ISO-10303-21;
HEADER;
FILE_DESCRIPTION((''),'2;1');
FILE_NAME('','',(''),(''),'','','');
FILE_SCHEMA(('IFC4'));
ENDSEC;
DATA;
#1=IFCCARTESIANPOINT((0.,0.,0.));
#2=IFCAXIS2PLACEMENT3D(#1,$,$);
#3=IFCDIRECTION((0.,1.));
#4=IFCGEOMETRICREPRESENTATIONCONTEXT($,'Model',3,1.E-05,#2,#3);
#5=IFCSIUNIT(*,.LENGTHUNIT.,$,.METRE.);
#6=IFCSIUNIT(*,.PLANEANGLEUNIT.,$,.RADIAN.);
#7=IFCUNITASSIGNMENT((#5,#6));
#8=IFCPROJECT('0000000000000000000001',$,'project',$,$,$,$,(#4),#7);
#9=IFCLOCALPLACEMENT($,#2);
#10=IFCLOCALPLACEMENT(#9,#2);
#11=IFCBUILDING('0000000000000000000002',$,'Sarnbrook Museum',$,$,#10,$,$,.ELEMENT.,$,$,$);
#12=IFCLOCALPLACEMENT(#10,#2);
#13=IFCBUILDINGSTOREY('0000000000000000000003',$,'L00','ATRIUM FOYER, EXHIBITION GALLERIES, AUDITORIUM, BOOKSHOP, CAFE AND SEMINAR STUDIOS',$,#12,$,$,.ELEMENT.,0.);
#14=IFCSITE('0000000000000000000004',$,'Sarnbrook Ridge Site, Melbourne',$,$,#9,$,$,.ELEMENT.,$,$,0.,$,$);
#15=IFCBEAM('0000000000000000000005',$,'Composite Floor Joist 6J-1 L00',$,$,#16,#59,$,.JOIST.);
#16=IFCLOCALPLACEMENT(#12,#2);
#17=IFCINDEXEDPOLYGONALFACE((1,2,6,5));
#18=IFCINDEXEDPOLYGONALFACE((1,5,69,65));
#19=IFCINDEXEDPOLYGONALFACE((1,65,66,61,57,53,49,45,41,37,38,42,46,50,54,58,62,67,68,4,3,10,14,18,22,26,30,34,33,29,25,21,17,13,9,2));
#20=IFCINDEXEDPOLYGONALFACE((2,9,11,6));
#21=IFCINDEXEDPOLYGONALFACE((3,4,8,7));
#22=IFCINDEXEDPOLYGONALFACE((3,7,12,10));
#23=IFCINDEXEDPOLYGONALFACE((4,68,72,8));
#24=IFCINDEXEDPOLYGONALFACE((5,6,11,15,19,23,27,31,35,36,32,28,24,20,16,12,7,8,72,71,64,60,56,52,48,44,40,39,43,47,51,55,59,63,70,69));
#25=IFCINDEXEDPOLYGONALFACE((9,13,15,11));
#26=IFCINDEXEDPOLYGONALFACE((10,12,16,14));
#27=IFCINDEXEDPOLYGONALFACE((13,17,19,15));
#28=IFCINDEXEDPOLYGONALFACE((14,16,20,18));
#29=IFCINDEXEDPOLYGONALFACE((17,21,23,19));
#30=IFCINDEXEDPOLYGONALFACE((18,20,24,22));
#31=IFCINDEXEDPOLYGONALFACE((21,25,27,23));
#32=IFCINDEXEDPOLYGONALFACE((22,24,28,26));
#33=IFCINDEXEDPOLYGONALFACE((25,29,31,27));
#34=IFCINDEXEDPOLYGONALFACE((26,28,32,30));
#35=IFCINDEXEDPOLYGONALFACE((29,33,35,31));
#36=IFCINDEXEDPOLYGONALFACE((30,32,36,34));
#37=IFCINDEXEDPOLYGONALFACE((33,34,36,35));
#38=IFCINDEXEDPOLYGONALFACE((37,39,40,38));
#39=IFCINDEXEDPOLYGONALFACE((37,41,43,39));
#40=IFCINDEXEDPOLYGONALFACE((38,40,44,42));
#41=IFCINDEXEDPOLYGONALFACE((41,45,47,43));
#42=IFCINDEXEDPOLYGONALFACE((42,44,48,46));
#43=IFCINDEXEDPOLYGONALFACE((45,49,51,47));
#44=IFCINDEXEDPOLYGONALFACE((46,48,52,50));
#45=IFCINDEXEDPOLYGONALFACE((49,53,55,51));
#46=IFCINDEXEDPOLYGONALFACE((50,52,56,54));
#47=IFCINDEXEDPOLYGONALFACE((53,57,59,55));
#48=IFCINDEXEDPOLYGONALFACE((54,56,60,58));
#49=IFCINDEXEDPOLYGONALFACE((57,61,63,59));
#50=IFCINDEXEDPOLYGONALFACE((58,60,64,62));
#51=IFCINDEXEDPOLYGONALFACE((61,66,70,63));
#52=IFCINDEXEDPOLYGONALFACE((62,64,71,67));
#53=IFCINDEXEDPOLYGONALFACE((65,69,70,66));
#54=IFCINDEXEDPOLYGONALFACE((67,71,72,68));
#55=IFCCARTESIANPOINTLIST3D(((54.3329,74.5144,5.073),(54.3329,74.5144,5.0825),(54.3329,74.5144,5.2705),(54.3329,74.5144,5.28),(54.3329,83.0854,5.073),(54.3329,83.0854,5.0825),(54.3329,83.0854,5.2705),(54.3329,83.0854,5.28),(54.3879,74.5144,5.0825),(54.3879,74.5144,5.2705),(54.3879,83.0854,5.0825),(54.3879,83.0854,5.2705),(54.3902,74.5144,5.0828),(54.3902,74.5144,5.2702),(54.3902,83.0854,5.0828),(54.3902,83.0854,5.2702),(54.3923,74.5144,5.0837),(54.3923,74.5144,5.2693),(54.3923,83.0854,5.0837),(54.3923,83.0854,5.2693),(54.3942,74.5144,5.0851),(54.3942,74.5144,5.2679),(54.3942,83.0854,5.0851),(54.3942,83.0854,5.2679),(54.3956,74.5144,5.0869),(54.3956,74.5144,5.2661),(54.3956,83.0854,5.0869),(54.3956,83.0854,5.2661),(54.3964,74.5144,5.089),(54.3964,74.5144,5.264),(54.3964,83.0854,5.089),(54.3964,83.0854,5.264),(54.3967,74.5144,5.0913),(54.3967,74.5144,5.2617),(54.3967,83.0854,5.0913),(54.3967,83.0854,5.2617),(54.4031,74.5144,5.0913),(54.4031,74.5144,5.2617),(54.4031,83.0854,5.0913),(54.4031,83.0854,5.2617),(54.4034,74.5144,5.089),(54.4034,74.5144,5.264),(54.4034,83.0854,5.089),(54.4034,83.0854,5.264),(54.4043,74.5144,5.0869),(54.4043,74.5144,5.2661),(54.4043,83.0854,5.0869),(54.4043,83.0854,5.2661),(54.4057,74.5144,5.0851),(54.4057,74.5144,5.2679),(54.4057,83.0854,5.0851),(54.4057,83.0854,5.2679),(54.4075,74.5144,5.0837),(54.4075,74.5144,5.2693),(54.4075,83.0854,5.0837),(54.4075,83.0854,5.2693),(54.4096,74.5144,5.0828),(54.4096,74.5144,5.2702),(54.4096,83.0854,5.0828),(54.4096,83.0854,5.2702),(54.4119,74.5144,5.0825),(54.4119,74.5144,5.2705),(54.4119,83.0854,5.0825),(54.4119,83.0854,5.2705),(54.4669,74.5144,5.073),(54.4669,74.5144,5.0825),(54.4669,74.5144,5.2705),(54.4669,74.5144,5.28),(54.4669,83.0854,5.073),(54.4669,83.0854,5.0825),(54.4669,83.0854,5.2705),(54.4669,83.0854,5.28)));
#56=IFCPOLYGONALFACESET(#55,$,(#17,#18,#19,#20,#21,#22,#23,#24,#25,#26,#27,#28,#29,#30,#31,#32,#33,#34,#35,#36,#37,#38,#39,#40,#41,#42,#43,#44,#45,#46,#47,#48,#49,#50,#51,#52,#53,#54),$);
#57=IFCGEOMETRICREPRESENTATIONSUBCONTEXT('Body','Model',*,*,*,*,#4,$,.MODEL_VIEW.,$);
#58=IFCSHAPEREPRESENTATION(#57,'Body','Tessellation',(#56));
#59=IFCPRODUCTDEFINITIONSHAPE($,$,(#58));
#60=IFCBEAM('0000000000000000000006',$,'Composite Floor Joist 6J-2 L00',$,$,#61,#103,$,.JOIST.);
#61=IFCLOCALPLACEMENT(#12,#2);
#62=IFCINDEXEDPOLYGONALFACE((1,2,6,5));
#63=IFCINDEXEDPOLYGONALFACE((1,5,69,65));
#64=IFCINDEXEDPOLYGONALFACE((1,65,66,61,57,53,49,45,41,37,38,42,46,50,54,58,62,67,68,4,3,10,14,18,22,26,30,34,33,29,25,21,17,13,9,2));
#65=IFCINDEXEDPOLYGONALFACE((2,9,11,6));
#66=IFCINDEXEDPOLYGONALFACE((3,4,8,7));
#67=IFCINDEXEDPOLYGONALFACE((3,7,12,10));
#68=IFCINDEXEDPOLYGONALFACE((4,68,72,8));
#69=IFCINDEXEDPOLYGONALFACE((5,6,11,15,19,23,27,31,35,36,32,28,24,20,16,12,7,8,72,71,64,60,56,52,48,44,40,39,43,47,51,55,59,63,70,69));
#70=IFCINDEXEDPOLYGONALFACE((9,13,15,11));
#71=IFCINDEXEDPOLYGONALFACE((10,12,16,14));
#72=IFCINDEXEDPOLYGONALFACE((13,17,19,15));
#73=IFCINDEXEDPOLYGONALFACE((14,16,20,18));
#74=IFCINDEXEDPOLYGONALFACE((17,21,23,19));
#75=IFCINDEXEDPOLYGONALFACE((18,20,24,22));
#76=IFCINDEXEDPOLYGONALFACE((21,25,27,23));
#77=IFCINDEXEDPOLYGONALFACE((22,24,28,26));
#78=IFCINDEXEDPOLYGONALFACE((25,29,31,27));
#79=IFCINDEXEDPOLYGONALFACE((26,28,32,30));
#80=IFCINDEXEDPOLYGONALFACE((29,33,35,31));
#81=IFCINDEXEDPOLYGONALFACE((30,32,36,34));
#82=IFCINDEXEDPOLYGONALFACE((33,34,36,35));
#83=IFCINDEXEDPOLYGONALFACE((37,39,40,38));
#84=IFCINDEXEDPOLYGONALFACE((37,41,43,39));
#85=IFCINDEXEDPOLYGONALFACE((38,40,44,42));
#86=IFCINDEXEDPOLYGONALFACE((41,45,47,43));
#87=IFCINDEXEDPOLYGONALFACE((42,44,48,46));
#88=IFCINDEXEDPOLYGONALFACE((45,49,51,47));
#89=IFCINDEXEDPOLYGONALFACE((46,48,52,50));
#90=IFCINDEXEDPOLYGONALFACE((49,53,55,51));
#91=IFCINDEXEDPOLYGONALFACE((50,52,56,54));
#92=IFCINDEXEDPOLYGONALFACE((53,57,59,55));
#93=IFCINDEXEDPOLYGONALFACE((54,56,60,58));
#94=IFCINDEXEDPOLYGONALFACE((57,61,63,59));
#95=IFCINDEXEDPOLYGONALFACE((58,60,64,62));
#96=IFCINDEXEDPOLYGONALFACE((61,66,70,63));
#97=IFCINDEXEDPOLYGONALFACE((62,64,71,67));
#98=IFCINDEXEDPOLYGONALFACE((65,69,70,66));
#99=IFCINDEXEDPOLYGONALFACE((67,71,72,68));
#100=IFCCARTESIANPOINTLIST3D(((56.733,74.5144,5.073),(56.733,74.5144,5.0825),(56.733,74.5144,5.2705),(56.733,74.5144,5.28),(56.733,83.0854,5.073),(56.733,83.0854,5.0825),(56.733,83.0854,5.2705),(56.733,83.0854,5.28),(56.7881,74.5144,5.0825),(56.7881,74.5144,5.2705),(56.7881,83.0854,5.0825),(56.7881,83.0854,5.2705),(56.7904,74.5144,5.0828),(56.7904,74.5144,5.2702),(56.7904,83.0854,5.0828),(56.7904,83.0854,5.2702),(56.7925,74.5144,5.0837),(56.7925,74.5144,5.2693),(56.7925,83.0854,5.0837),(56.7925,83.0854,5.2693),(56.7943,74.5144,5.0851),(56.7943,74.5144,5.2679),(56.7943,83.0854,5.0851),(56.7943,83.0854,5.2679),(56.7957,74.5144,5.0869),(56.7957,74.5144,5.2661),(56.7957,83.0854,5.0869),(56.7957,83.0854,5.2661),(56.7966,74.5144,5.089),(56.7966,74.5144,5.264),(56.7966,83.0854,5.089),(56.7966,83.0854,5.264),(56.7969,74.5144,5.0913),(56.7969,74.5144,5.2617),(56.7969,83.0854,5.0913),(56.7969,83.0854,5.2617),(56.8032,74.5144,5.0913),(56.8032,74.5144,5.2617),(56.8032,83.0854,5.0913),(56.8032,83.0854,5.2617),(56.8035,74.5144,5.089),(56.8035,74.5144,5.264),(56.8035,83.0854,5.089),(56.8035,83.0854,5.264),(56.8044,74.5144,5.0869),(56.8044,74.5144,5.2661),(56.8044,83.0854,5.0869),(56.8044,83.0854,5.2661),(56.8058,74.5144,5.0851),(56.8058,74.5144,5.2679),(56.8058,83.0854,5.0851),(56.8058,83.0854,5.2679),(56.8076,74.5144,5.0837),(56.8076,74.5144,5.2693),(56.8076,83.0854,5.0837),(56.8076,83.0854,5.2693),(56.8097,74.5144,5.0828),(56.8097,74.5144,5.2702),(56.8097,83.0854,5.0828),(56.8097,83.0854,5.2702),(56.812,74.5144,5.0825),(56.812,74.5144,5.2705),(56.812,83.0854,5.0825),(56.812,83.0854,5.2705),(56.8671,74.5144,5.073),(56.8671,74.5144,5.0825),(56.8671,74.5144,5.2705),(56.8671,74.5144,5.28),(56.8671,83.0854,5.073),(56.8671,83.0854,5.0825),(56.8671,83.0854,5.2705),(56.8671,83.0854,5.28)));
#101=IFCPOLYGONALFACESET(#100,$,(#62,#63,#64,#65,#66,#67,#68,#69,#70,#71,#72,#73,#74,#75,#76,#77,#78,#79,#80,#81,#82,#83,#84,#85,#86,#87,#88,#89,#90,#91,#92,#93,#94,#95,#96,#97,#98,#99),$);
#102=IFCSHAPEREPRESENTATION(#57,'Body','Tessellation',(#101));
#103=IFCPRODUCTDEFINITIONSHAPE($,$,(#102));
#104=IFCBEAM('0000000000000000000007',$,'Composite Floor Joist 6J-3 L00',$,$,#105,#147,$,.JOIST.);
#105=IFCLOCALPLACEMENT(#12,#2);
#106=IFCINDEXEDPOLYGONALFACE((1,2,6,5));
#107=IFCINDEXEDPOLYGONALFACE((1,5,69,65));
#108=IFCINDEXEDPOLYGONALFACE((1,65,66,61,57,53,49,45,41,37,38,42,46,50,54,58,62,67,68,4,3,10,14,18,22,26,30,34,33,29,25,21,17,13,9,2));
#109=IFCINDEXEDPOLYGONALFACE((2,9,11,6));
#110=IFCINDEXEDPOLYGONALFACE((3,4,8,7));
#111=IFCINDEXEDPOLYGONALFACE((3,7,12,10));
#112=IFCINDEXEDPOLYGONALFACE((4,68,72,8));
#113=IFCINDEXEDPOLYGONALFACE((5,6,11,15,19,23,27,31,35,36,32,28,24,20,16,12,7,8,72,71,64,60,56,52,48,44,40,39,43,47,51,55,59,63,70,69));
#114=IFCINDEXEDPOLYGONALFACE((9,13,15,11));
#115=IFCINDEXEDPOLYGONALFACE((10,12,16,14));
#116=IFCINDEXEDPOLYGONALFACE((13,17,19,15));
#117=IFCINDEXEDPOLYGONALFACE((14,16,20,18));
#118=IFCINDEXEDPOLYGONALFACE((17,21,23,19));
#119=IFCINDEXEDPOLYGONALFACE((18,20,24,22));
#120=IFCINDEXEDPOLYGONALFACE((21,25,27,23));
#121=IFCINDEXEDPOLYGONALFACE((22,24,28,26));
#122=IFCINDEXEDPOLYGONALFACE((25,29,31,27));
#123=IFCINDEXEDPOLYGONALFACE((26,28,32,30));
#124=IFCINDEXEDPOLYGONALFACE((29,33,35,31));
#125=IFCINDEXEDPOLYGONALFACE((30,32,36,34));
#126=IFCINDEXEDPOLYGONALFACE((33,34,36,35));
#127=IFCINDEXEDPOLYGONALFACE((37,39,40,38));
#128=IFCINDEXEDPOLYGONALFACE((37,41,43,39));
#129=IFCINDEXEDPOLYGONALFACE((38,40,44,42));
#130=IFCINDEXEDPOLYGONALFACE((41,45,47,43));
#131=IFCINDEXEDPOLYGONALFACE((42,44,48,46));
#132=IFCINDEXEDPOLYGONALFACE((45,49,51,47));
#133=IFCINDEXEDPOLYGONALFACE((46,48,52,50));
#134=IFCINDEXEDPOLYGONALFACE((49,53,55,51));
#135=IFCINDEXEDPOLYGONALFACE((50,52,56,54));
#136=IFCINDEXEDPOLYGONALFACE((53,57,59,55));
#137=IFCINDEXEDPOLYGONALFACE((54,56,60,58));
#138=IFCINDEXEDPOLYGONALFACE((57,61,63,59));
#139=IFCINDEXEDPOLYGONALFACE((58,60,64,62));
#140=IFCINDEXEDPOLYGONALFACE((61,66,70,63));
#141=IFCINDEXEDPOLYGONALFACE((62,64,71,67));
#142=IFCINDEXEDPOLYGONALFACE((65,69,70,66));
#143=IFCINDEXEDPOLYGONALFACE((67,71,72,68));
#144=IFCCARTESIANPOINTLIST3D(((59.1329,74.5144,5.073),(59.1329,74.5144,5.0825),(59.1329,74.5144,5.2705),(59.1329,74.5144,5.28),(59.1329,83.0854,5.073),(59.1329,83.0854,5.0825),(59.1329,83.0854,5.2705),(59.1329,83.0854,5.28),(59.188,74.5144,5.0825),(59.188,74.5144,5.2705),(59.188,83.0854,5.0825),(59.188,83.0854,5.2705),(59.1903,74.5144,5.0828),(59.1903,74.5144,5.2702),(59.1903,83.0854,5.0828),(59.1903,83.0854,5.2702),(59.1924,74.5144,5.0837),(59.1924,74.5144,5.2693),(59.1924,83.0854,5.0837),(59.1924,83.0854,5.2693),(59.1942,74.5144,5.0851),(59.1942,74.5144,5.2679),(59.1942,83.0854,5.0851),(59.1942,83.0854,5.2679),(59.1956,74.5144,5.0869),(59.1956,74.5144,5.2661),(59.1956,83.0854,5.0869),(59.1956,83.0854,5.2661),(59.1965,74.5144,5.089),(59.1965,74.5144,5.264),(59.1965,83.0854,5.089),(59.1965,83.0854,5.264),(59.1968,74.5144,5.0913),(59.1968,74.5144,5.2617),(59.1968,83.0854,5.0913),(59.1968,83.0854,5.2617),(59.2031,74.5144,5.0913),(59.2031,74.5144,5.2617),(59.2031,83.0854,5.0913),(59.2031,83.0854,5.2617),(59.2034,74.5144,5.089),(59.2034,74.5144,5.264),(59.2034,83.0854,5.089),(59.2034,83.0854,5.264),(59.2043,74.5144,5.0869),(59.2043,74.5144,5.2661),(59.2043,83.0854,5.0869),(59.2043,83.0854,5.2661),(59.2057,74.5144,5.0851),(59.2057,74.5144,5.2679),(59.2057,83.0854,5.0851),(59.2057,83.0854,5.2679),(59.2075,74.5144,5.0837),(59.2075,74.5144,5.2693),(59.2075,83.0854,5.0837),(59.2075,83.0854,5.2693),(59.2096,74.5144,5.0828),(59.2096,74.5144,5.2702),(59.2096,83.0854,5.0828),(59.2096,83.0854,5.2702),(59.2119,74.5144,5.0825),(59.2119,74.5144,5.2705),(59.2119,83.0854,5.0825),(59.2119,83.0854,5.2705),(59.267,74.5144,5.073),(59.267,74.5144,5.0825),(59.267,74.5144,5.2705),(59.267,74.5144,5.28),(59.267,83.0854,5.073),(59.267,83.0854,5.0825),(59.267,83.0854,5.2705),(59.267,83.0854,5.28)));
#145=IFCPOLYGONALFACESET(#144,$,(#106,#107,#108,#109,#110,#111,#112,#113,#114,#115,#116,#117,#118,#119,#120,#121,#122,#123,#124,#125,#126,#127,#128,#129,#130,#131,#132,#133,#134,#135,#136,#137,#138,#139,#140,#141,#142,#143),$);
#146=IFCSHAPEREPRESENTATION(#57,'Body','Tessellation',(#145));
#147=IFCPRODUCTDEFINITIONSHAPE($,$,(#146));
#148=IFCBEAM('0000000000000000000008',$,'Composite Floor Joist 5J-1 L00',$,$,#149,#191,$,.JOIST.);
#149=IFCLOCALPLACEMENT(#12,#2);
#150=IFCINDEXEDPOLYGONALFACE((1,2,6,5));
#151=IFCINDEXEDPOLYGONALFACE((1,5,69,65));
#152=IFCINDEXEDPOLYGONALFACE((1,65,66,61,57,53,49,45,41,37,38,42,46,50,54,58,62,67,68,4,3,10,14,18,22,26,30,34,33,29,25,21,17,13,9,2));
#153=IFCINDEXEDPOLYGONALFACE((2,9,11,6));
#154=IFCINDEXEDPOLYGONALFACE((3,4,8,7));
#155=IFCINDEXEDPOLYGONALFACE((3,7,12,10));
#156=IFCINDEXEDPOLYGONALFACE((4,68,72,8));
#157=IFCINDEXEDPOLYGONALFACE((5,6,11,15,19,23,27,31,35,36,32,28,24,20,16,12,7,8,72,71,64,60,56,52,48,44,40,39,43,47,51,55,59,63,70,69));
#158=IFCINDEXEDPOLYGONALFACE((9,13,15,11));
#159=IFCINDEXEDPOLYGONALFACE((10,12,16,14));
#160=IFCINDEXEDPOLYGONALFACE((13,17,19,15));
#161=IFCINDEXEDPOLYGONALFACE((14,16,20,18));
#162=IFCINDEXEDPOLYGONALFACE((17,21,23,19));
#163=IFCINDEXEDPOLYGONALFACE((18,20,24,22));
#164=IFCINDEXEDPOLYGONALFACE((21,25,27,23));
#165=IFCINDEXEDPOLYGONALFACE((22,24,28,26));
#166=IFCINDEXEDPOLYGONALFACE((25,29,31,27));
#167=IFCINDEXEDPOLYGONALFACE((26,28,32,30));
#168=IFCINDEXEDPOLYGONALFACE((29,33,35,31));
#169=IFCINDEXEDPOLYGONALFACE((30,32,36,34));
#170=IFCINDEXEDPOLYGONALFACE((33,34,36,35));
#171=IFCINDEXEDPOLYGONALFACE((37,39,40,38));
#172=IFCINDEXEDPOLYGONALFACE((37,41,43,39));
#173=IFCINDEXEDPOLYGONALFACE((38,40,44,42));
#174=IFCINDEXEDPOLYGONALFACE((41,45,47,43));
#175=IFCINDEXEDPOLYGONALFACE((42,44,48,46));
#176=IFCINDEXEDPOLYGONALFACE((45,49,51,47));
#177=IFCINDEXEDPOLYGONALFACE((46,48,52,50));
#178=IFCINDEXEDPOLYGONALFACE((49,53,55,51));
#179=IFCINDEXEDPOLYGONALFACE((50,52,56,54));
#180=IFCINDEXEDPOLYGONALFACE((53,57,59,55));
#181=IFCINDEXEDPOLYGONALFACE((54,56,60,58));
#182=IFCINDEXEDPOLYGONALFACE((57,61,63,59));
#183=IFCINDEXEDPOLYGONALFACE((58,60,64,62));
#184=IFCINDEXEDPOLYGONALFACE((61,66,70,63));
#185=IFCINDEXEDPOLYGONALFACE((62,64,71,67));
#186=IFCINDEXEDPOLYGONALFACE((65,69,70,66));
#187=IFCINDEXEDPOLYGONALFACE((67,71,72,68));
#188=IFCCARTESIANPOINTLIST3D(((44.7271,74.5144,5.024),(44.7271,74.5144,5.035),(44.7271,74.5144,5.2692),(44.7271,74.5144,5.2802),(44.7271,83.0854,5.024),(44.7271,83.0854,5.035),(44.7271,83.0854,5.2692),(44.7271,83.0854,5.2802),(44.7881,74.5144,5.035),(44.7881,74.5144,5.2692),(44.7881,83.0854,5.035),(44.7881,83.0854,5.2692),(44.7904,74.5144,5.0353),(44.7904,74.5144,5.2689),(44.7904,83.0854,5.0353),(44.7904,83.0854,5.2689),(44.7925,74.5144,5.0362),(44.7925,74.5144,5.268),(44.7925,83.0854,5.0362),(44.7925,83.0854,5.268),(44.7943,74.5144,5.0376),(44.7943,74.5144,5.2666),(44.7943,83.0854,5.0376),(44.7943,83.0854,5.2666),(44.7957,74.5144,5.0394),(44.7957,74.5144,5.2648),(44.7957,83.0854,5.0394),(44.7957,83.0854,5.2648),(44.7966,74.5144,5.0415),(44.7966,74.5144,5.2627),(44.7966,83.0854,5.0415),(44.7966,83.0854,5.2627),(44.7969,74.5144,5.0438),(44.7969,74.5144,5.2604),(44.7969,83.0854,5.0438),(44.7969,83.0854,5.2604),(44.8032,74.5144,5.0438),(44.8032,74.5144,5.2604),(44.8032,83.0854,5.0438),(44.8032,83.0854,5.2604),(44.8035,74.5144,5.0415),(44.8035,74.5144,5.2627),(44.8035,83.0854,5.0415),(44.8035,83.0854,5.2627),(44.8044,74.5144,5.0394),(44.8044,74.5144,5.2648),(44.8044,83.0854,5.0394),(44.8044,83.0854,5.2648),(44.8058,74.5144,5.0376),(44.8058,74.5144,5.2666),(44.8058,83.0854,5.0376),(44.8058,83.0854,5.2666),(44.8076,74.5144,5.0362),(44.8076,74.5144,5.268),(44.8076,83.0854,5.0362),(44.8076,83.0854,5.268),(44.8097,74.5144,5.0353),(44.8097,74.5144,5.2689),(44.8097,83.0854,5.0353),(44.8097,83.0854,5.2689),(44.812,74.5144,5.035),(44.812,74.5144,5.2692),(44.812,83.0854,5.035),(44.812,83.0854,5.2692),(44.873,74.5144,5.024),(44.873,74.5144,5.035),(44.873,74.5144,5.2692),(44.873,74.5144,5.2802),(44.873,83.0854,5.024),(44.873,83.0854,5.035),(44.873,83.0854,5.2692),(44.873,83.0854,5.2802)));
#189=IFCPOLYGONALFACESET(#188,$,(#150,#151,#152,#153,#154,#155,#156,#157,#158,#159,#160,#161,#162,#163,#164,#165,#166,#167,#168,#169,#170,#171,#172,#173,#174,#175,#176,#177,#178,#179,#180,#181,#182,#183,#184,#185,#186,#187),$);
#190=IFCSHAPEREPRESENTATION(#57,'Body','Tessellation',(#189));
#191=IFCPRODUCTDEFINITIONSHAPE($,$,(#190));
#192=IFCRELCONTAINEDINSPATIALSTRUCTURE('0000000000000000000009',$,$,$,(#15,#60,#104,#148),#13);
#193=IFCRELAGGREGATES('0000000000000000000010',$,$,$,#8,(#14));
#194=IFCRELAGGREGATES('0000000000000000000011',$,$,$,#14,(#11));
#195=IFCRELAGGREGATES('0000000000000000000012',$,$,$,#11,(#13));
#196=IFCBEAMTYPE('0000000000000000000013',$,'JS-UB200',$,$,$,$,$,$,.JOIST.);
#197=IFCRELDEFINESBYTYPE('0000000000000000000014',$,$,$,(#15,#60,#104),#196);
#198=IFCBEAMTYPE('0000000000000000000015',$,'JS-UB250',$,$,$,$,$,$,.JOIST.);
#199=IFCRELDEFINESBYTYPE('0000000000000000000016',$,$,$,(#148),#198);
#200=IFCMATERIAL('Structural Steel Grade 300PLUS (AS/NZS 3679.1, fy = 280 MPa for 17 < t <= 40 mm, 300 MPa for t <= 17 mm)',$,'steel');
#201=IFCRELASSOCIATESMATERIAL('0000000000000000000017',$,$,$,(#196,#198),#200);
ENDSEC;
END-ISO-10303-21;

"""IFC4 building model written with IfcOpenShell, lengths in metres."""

from ifc_helpers import new_model, si_unit, direction, frame, origin, origin_2d, place, context, subcontext, project, spatial, i_section, extrude, material, material_profile, profile_set, type_object, element, save


model = new_model("IFC4")

# Units and contexts
model_context = context("Model", 3, precision=1e-05, world=origin(), true_north=direction((0.0, 1.0)))
body_context = subcontext(model_context, "Body", "Model", "MODEL_VIEW")
ifc_project = project(units=[si_unit("LENGTHUNIT", "METRE"), si_unit("PLANEANGLEUNIT", "RADIAN")], contexts=[model_context])

# Site, building, storey
site_placement = place(None, origin())
site = spatial("IfcSite", under=ifc_project, at=site_placement, Name="Sarnbrook Ridge Site, Melbourne", CompositionType="ELEMENT", RefElevation=0.0)
building_placement = place(site_placement, origin())
building = spatial("IfcBuilding", under=site, at=building_placement, Name="Sarnbrook Museum", CompositionType="ELEMENT")
storey_placement = place(building_placement, origin())
storey = spatial("IfcBuildingStorey", under=building, at=storey_placement, Name="L00", Description="ATRIUM FOYER, EXHIBITION GALLERIES, AUDITORIUM, BOOKSHOP, CAFE AND SEMINAR STUDIOS", CompositionType="ELEMENT", Elevation=0.0)

# Beams
ifc_material_1 = material(Name="Structural Steel Grade 300PLUS (AS/NZS 3679.1, fy = 280 MPa for 17 < t <= 40 mm, 300 MPa for t <= 17 mm)", Category="steel")
ifc_material_profile_1 = material_profile(ifc_material_1, i_section(OverallWidth=0.134, OverallDepth=0.207, WebThickness=0.0063, FlangeThickness=0.0095, FilletRadius=0.0088, at=origin_2d()), Name="200UB29.8")
ifc_profile_set_1 = profile_set([ifc_material_profile_1], Name="Structural Steel Grade 300PLUS (AS/NZS 3679.1, fy = 280 MPa for 17 < t <= 40 mm, 300 MPa for t <= 17 mm)")
beam_type_1 = type_object("IfcBeamType", Name="JS-UB200", PredefinedType="JOIST", material=ifc_profile_set_1)
for number, where, z_axis, x_axis, name in (
    (1, (54.3999, 74.5144, 5.1765), (0.0, 1.0, 0.0), (-1.0, 0.0, 0.0), "Composite Floor Joist 6J-1 L00"),
    (2, (56.8, 74.5144, 5.1765), (0.0, 1.0, 0.0), (-1.0, 0.0, 0.0), "Composite Floor Joist 6J-2 L00"),
    (3, (59.2, 74.5144, 5.1765), (0.0, 1.0, 0.0), (-1.0, 0.0, 0.0), "Composite Floor Joist 6J-3 L00"),
):
    element("IfcBeam", number, at=place(storey_placement, frame(where, z_axis=z_axis, x_axis=x_axis)), inside=storey, type_object=beam_type_1, Name=name, PredefinedType="JOIST", context=body_context, shape_type="SweptSolid", body=[
        extrude(i_section(OverallWidth=0.134, OverallDepth=0.207, WebThickness=0.0063, FlangeThickness=0.0095, FilletRadius=0.0088, at=origin_2d()), origin(), (0.0, 0.0, 1.0), 8.571),
    ])
ifc_material_profile_2 = material_profile(ifc_material_1, i_section(OverallWidth=0.146, OverallDepth=0.2561, WebThickness=0.0063, FlangeThickness=0.011, FilletRadius=0.0088, at=origin_2d()), Name="250UB37.3")
ifc_profile_set_2 = profile_set([ifc_material_profile_2], Name="Structural Steel Grade 300PLUS (AS/NZS 3679.1, fy = 280 MPa for 17 < t <= 40 mm, 300 MPa for t <= 17 mm)")
beam_type_2 = type_object("IfcBeamType", Name="JS-UB250", PredefinedType="JOIST", material=ifc_profile_set_2)
for number, where, z_axis, x_axis, name in (
    (4, (44.8, 74.5144, 5.1521), (0.0, 1.0, 0.0), (-1.0, 0.0, 0.0), "Composite Floor Joist 5J-1 L00"),
):
    element("IfcBeam", number, at=place(storey_placement, frame(where, z_axis=z_axis, x_axis=x_axis)), inside=storey, type_object=beam_type_2, Name=name, PredefinedType="JOIST", context=body_context, shape_type="SweptSolid", body=[
        extrude(i_section(OverallWidth=0.146, OverallDepth=0.2561, WebThickness=0.0063, FlangeThickness=0.011, FilletRadius=0.0088, at=origin_2d()), origin(), (0.0, 0.0, 1.0), 8.571),
    ])

save(model, "model.ifc")
